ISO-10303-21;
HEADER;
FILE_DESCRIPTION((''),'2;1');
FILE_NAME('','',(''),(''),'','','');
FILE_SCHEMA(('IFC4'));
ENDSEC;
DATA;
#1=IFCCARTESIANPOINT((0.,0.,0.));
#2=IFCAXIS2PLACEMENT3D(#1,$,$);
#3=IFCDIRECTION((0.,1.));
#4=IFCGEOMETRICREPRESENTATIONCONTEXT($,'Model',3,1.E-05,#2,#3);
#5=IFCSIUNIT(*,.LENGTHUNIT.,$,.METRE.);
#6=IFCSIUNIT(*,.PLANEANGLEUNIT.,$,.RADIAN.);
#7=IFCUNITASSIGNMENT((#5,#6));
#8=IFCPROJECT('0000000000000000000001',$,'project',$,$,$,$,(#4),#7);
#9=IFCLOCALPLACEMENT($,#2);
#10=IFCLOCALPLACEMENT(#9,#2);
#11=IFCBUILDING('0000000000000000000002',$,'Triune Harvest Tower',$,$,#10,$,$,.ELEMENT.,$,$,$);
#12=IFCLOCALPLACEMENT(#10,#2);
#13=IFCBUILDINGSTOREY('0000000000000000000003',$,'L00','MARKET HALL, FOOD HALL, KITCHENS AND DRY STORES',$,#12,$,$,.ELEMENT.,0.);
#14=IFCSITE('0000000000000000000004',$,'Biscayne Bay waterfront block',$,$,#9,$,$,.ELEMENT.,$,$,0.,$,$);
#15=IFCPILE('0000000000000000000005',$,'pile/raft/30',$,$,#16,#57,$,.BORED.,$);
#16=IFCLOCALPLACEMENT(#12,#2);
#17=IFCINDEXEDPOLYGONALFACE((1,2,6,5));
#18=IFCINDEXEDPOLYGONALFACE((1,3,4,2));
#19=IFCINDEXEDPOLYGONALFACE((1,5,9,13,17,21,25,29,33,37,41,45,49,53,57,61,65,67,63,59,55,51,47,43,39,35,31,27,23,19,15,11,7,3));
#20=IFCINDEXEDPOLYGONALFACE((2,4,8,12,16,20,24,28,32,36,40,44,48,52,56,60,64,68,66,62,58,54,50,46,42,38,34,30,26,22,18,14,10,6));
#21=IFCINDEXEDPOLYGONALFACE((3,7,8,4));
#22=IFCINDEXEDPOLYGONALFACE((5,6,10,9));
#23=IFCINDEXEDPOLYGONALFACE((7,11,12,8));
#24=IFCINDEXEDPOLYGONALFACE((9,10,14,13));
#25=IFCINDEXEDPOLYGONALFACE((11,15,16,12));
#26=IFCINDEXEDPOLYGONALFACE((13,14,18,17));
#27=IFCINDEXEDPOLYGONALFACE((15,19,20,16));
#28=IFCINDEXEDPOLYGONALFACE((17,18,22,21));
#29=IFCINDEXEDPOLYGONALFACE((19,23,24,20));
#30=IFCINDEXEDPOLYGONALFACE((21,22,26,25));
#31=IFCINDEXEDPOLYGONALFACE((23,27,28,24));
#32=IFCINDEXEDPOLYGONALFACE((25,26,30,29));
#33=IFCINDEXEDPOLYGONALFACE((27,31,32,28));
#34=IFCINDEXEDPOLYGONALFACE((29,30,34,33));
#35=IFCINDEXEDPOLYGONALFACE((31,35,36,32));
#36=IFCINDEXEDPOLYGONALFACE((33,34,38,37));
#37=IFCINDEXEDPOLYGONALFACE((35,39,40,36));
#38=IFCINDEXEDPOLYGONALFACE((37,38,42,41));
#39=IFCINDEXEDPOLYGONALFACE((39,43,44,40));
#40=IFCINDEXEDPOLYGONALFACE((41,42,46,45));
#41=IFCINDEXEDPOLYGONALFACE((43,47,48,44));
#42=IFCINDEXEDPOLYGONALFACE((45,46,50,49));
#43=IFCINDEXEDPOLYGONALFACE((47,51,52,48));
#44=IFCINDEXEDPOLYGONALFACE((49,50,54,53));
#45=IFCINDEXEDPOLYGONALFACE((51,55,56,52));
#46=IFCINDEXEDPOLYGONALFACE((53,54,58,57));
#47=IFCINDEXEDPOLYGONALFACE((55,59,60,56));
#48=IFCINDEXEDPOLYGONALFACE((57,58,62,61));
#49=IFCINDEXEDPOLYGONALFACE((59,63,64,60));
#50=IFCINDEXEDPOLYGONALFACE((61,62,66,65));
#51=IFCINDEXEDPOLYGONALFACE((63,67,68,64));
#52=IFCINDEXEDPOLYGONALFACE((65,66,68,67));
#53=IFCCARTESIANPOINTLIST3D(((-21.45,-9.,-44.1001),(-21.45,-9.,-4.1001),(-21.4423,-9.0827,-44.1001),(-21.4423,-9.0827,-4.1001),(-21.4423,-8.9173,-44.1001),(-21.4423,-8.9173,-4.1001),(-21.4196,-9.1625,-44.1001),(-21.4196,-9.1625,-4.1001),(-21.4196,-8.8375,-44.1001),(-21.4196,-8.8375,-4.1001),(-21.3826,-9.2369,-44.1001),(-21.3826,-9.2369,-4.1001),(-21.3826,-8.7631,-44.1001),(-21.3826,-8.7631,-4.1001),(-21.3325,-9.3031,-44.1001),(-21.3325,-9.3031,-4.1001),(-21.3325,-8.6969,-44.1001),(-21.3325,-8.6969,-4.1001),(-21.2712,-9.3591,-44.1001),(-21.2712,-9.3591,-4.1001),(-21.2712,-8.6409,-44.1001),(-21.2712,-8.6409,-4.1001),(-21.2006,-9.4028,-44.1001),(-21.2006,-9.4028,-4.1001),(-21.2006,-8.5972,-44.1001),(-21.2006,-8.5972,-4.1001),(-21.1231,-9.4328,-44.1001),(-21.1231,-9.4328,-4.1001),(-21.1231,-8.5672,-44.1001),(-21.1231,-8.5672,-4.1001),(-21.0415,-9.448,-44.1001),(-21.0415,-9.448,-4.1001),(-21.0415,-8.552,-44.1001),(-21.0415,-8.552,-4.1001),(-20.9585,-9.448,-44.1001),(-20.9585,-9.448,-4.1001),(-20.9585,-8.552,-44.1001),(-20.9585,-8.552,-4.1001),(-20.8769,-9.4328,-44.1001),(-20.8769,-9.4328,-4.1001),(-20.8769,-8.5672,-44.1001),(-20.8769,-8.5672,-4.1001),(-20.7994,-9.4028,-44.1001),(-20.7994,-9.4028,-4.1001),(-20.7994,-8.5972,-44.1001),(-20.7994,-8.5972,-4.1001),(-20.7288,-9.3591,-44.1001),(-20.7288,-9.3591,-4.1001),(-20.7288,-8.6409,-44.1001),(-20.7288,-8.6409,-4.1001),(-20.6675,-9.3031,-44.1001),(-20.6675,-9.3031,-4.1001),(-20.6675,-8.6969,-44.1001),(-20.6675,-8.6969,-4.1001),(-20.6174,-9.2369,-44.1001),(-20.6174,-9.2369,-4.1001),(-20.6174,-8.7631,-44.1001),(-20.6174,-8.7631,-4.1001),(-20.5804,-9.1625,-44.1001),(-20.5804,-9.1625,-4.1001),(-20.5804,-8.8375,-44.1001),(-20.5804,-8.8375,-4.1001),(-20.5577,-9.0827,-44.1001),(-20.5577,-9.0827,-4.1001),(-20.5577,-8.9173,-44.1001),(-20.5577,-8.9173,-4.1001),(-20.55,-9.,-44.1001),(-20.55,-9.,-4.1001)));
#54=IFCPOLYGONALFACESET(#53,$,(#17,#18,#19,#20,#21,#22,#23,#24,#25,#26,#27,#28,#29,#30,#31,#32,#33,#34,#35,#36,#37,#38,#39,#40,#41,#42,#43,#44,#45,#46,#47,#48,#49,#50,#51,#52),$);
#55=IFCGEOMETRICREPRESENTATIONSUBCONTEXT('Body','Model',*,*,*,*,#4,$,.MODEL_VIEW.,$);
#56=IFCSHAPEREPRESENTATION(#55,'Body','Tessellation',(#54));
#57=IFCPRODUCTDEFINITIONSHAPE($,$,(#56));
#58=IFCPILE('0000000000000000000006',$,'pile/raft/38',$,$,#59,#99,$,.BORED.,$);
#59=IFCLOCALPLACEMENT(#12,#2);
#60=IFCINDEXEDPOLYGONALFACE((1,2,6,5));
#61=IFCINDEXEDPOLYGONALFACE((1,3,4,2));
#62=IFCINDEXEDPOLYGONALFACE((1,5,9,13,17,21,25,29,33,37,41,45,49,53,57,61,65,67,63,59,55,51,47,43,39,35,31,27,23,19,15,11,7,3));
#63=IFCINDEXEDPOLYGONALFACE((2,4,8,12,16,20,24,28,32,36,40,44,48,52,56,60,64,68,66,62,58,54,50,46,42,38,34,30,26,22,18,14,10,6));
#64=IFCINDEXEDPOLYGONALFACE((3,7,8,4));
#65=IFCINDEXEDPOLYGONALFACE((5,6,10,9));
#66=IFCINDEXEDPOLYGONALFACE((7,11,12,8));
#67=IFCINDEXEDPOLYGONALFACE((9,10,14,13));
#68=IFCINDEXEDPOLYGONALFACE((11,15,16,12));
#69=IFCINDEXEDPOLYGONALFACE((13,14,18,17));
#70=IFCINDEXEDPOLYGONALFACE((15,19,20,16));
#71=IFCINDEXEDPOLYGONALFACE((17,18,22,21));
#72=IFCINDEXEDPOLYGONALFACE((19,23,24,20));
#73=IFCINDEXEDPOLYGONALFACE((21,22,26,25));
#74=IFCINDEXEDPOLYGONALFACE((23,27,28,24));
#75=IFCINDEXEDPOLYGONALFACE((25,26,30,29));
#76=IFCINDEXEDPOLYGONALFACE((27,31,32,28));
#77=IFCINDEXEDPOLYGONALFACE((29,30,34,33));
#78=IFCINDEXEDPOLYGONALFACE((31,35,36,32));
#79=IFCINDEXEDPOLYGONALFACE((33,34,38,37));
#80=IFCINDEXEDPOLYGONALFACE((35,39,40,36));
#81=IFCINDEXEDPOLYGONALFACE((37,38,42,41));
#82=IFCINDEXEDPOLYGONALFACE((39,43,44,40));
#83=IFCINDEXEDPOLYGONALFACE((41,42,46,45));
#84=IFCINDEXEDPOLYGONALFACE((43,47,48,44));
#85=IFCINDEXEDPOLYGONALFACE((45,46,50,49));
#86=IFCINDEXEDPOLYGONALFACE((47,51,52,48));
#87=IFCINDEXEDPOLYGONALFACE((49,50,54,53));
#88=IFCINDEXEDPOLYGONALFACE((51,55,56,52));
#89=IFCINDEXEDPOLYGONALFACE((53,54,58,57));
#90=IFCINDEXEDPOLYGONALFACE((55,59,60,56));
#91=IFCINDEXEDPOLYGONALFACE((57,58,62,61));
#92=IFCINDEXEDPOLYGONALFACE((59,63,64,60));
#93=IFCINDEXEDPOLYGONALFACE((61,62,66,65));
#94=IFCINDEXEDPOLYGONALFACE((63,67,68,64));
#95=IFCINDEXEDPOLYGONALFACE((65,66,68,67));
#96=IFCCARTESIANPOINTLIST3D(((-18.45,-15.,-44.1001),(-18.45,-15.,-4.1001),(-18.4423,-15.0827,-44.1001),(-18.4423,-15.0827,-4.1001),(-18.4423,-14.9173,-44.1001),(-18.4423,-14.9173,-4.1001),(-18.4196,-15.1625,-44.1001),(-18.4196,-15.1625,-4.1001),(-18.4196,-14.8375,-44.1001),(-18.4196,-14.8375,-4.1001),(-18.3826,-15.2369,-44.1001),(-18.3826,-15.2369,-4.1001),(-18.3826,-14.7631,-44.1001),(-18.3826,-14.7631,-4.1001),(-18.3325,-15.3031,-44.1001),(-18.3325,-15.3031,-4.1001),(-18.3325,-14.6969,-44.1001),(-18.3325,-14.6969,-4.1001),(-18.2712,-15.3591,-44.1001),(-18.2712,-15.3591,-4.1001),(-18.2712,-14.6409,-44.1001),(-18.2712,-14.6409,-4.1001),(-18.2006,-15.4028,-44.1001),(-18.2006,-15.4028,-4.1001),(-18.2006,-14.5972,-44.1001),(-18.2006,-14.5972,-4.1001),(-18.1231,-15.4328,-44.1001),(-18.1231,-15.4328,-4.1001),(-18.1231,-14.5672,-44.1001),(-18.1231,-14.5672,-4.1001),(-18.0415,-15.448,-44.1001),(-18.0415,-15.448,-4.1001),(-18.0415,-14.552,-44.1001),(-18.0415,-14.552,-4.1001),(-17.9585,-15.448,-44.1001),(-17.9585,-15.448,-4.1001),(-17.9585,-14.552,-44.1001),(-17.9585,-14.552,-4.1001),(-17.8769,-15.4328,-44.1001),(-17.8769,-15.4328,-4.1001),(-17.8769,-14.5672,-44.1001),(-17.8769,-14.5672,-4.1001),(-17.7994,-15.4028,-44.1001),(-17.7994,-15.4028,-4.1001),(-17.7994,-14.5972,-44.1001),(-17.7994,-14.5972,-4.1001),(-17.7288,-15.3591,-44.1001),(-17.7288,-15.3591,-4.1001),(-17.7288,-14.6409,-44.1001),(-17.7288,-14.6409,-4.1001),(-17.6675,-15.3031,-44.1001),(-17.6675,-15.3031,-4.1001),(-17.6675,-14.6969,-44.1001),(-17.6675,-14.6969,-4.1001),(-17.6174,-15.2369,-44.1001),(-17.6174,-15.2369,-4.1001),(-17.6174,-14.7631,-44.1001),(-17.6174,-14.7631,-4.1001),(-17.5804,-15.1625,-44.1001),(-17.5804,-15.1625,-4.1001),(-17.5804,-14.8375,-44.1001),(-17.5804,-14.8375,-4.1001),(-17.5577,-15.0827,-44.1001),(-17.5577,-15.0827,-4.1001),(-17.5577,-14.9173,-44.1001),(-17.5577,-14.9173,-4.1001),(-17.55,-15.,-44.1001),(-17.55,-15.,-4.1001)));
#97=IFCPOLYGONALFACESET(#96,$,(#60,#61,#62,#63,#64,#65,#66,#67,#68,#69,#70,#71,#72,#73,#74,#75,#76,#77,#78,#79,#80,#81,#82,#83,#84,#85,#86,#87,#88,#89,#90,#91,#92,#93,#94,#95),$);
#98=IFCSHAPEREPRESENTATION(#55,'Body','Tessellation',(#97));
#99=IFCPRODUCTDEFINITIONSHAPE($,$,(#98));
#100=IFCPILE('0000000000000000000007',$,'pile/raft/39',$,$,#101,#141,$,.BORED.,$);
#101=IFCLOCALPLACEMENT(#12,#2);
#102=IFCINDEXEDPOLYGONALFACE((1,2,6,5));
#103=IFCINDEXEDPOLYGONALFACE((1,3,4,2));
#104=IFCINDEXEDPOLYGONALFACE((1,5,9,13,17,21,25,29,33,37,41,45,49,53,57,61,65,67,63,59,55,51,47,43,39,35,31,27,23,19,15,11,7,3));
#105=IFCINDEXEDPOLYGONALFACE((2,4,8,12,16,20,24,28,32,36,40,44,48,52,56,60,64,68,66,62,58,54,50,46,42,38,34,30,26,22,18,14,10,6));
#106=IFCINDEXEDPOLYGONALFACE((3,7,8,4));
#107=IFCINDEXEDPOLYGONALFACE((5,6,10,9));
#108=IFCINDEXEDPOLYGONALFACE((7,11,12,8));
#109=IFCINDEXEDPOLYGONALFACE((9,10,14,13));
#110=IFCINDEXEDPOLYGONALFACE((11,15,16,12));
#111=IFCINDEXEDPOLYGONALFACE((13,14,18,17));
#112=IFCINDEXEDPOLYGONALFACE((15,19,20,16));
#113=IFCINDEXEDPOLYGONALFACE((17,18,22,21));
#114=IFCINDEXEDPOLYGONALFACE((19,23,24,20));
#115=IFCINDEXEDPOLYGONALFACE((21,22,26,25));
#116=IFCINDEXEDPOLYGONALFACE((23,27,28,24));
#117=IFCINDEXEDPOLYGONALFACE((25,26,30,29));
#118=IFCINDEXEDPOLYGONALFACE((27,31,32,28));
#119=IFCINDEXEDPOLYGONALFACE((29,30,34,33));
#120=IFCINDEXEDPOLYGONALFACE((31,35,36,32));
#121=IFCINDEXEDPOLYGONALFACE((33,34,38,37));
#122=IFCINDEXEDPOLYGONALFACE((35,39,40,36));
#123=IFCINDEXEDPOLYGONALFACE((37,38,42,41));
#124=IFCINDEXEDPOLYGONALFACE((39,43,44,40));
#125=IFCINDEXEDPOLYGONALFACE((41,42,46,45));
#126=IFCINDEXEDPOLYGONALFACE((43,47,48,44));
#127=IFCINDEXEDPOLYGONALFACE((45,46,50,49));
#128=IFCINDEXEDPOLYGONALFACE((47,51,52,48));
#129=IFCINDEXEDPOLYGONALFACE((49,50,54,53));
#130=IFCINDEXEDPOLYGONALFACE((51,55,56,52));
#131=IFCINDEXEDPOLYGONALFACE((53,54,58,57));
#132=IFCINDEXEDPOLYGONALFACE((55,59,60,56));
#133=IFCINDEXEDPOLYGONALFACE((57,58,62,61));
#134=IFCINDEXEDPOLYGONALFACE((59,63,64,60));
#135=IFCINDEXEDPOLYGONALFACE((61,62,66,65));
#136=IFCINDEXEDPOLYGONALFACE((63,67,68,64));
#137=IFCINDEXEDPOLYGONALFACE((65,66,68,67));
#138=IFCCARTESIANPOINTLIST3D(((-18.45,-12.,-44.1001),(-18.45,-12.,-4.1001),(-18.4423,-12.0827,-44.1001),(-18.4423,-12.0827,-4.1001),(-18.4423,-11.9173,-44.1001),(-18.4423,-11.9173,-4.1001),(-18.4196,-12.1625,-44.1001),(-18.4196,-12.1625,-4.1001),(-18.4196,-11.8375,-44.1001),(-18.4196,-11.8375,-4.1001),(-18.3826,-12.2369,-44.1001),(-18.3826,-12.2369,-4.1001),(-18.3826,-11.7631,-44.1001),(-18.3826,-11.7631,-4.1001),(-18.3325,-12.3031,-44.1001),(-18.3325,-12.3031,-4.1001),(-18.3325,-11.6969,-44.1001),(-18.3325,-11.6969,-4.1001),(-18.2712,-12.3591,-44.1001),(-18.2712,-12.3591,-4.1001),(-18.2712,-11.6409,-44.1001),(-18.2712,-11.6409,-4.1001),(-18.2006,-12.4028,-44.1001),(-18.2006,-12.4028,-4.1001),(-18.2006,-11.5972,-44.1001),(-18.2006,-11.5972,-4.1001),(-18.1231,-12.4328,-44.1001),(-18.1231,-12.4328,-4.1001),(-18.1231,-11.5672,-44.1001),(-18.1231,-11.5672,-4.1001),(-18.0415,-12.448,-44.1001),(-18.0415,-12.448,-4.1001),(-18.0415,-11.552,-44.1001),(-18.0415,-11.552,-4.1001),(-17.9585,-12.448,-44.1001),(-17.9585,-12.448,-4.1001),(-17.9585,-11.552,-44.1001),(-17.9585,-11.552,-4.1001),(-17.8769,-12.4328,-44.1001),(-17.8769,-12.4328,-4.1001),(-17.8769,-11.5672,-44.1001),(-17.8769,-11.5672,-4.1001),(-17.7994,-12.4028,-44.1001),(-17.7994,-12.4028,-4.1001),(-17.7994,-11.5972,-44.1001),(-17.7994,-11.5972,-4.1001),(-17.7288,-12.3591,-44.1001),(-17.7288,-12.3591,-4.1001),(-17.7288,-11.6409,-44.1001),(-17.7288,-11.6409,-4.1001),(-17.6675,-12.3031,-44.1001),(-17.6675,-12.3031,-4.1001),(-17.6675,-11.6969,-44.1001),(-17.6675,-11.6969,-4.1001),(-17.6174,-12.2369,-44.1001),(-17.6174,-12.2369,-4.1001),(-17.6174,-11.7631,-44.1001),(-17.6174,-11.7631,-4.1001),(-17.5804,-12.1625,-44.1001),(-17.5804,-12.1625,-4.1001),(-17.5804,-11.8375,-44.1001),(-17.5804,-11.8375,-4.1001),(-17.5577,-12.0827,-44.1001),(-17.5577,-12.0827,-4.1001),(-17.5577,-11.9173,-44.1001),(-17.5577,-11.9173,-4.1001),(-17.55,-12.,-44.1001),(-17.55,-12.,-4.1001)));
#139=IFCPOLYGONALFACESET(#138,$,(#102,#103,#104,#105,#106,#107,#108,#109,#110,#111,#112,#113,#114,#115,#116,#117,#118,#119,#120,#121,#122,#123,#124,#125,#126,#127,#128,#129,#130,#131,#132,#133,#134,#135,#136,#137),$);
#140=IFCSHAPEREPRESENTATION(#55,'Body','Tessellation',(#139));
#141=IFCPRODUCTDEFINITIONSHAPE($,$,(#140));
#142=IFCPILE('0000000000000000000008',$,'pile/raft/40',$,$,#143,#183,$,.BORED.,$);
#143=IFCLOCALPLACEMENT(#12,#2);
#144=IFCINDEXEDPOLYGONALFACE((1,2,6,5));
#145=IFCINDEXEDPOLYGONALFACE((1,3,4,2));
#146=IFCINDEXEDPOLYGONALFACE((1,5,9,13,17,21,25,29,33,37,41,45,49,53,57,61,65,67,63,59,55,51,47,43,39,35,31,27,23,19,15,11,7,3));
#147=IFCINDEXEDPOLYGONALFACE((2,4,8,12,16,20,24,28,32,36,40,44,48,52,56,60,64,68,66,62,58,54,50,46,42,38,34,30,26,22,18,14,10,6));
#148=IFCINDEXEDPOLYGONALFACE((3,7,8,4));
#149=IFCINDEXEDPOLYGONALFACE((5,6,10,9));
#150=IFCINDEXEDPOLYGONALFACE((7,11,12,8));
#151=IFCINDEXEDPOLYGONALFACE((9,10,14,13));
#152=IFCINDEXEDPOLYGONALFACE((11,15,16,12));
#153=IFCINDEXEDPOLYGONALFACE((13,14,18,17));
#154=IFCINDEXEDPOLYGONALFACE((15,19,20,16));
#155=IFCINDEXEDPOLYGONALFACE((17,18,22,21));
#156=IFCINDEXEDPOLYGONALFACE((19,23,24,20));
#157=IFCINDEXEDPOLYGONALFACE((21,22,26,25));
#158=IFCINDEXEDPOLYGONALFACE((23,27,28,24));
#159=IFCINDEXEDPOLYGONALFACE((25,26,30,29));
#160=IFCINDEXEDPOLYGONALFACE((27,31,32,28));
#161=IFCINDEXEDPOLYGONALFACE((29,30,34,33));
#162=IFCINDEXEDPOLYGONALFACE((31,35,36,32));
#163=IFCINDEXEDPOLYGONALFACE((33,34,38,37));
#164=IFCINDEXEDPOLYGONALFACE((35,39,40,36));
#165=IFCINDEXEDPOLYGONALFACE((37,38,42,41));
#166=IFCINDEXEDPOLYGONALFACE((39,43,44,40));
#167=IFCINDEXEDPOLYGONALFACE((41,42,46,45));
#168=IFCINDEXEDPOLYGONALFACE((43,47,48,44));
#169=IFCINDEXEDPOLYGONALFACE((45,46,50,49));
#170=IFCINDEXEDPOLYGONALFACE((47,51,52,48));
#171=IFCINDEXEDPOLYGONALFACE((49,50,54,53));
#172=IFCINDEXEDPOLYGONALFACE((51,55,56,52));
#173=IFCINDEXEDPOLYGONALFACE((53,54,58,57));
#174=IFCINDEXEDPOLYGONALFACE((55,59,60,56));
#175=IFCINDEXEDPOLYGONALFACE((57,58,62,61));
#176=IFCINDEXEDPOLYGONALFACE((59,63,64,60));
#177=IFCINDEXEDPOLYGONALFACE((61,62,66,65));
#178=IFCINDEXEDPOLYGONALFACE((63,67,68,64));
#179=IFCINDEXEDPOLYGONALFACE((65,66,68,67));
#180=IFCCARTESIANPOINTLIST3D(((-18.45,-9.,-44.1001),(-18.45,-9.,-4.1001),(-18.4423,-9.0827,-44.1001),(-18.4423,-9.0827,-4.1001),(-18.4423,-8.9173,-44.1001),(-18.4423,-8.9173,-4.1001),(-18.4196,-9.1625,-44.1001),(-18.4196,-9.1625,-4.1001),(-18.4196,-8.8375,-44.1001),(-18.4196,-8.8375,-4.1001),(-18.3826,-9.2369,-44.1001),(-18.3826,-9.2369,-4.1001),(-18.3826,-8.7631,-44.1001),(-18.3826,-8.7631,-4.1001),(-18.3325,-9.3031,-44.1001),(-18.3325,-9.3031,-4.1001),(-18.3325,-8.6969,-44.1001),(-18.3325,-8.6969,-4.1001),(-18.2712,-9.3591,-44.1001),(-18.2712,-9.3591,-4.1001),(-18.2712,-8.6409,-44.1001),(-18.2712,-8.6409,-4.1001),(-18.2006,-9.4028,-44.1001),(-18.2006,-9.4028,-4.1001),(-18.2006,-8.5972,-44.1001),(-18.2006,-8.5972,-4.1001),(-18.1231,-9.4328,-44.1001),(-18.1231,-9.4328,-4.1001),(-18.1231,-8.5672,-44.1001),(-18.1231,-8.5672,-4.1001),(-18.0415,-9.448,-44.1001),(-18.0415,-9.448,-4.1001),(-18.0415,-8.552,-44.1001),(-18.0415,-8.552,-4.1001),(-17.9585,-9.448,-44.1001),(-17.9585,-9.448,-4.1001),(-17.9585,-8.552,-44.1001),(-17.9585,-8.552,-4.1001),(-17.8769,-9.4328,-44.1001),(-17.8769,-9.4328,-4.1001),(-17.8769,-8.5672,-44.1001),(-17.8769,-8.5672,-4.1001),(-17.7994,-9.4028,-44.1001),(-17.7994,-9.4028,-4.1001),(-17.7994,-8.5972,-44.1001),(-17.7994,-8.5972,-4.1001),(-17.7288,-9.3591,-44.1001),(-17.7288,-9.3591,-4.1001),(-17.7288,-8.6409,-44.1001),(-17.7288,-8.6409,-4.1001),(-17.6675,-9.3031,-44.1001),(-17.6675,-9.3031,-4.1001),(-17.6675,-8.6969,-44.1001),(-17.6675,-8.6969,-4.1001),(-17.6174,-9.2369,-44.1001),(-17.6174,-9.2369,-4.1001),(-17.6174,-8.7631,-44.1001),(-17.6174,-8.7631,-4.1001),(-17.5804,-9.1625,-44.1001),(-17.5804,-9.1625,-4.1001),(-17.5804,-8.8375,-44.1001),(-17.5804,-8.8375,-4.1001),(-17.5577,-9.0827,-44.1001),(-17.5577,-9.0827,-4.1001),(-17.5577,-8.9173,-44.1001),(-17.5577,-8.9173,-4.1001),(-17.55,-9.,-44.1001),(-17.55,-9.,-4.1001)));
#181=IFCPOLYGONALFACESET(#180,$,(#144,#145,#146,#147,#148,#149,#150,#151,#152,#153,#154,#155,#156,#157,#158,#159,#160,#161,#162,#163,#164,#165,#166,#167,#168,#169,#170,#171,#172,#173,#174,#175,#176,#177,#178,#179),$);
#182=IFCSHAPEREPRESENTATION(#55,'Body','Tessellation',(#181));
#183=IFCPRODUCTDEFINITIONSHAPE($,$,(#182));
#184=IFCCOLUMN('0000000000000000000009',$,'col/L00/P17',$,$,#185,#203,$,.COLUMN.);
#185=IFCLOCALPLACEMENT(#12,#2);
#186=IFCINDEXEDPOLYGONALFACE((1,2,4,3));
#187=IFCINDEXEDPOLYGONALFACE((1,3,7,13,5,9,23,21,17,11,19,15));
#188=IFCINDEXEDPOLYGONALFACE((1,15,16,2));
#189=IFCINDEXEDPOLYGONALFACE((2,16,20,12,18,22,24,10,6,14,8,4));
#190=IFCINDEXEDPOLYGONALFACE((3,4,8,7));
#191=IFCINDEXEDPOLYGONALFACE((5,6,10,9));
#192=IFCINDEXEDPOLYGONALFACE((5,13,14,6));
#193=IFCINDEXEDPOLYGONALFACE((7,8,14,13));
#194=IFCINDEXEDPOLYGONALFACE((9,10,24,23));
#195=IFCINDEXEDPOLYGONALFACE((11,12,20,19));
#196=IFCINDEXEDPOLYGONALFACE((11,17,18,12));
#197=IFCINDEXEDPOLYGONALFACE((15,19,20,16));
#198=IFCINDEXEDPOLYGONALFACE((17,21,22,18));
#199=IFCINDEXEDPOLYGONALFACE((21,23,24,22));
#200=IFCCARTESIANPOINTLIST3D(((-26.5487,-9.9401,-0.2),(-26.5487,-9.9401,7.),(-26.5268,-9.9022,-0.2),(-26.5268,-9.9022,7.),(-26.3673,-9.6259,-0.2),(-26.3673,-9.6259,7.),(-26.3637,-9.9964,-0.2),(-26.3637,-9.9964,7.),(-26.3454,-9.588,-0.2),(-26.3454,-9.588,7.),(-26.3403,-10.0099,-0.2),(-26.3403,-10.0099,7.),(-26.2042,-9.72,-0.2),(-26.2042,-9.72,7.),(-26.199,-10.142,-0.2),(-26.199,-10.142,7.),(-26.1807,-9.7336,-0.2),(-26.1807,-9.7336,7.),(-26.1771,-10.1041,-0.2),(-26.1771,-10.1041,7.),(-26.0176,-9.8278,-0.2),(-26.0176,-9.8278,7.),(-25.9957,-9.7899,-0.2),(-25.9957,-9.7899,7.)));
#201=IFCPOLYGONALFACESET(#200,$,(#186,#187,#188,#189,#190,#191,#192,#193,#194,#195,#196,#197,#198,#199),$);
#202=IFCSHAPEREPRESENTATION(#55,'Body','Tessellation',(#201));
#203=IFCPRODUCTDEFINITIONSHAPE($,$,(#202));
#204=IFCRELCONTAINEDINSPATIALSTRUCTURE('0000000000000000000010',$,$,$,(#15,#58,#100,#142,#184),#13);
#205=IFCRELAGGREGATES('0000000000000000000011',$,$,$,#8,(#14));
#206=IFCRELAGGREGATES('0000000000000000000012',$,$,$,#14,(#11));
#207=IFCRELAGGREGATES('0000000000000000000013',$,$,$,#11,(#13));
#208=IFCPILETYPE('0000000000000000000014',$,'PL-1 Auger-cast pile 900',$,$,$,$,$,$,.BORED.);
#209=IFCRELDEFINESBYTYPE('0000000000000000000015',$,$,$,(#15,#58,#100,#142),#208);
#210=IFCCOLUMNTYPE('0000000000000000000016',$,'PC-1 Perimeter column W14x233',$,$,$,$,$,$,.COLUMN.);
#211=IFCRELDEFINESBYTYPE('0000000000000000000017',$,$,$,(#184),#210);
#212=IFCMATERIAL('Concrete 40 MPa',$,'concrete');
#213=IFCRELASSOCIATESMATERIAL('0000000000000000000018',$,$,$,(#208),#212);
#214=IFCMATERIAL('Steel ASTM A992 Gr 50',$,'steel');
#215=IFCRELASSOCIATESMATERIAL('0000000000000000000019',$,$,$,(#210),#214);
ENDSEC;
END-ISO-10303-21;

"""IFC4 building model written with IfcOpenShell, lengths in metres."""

from ifc_helpers import new_model, si_unit, direction, frame, origin, origin_2d, place, context, subcontext, project, spatial, circle, i_section, extrude, source, transform, mapped, material, material_profile, profile_set, type_object, element, save


model = new_model("IFC4")

# Units and contexts
model_context = context("Model", 3, precision=1e-05, world=origin(), true_north=direction((0.0, 1.0)))
body_context = subcontext(model_context, "Body", "Model", "MODEL_VIEW")
ifc_project = project(units=[si_unit("LENGTHUNIT", "METRE"), si_unit("PLANEANGLEUNIT", "RADIAN")], contexts=[model_context])

# Site, building, storey
site_placement = place(None, origin())
site = spatial("IfcSite", under=ifc_project, at=site_placement, Name="Biscayne Bay waterfront block", CompositionType="ELEMENT", RefElevation=0.0)
building_placement = place(site_placement, origin())
building = spatial("IfcBuilding", under=site, at=building_placement, Name="Triune Harvest Tower", CompositionType="ELEMENT")
storey_placement = place(building_placement, origin())
storey = spatial("IfcBuildingStorey", under=building, at=storey_placement, Name="L00", Description="MARKET HALL, FOOD HALL, KITCHENS AND DRY STORES", CompositionType="ELEMENT", Elevation=0.0)

# Piles
ifc_material_1 = material(Name="Concrete 40 MPa", Category="concrete")
ifc_material_profile_1 = material_profile(ifc_material_1, circle(Radius=0.45, at=origin_2d()), Name="Bored 900")
ifc_profile_set_1 = profile_set([ifc_material_profile_1], Name="Concrete 40 MPa")
pile_type = type_object("IfcPileType", Name="PL-1 Auger-cast pile 900", PredefinedType="BORED", material=ifc_profile_set_1)
shared_shape_1 = source(origin(), body_context, "Body", "SweptSolid", [
    extrude(circle(Radius=0.45, at=origin_2d()), origin(), (0.0, 0.0, 1.0), 40.0),
])
for number, where, z_axis, x_axis, name in (
    (1, (-21.0, -9.0, -4.1001), (0.0, 0.0, -1.0), (1.0, 0.0, 0.0), "pile/raft/30"),
    (2, (-18.0, -15.0, -4.1001), (0.0, 0.0, -1.0), (1.0, 0.0, 0.0), "pile/raft/38"),
    (3, (-18.0, -12.0, -4.1001), (0.0, 0.0, -1.0), (1.0, 0.0, 0.0), "pile/raft/39"),
    (4, (-18.0, -9.0, -4.1001), (0.0, 0.0, -1.0), (1.0, 0.0, 0.0), "pile/raft/40"),
):
    element("IfcPile", number, at=place(storey_placement, frame(where, z_axis=z_axis, x_axis=x_axis)), inside=storey, type_object=pile_type, Name=name, PredefinedType="BORED", context=body_context, shape_type="MappedRepresentation", body=[
        mapped(shared_shape_1, transform((0.0, 0.0, 0.0), scale=1.0)),
    ])

# Column
ifc_material_2 = material(Name="Steel ASTM A992 Gr 50", Category="steel")
ifc_material_profile_2 = material_profile(ifc_material_2, i_section(OverallWidth=0.4038, OverallDepth=0.4065, WebThickness=0.0271, FlangeThickness=0.0437, at=origin_2d()), Name="W14x233")
ifc_profile_set_2 = profile_set([ifc_material_profile_2], Name="Steel ASTM A992 Gr 50")
column_type = type_object("IfcColumnType", Name="PC-1 Perimeter column W14x233", PredefinedType="COLUMN", material=ifc_profile_set_2)
shared_shape_2 = source(origin(), body_context, "Body", "SweptSolid", [
    extrude(i_section(OverallWidth=0.4038, OverallDepth=0.4065, WebThickness=0.0271, FlangeThickness=0.0437, at=origin_2d()), origin(), (0.0, 0.0, 1.0), 7.2),
])
for number, where, z_axis, x_axis, name in (
    (5, (-26.2722, -9.865, -0.2), (0.0, 0.0, 1.0), (0.866025, -0.5, 0.0), "col/L00/P17"),
):
    element("IfcColumn", number, at=place(storey_placement, frame(where, z_axis=z_axis, x_axis=x_axis)), inside=storey, type_object=column_type, Name=name, PredefinedType="COLUMN", context=body_context, shape_type="MappedRepresentation", body=[
        mapped(shared_shape_2, transform((0.0, 0.0, 0.0), scale=1.0)),
    ])

save(model, "model.ifc")
